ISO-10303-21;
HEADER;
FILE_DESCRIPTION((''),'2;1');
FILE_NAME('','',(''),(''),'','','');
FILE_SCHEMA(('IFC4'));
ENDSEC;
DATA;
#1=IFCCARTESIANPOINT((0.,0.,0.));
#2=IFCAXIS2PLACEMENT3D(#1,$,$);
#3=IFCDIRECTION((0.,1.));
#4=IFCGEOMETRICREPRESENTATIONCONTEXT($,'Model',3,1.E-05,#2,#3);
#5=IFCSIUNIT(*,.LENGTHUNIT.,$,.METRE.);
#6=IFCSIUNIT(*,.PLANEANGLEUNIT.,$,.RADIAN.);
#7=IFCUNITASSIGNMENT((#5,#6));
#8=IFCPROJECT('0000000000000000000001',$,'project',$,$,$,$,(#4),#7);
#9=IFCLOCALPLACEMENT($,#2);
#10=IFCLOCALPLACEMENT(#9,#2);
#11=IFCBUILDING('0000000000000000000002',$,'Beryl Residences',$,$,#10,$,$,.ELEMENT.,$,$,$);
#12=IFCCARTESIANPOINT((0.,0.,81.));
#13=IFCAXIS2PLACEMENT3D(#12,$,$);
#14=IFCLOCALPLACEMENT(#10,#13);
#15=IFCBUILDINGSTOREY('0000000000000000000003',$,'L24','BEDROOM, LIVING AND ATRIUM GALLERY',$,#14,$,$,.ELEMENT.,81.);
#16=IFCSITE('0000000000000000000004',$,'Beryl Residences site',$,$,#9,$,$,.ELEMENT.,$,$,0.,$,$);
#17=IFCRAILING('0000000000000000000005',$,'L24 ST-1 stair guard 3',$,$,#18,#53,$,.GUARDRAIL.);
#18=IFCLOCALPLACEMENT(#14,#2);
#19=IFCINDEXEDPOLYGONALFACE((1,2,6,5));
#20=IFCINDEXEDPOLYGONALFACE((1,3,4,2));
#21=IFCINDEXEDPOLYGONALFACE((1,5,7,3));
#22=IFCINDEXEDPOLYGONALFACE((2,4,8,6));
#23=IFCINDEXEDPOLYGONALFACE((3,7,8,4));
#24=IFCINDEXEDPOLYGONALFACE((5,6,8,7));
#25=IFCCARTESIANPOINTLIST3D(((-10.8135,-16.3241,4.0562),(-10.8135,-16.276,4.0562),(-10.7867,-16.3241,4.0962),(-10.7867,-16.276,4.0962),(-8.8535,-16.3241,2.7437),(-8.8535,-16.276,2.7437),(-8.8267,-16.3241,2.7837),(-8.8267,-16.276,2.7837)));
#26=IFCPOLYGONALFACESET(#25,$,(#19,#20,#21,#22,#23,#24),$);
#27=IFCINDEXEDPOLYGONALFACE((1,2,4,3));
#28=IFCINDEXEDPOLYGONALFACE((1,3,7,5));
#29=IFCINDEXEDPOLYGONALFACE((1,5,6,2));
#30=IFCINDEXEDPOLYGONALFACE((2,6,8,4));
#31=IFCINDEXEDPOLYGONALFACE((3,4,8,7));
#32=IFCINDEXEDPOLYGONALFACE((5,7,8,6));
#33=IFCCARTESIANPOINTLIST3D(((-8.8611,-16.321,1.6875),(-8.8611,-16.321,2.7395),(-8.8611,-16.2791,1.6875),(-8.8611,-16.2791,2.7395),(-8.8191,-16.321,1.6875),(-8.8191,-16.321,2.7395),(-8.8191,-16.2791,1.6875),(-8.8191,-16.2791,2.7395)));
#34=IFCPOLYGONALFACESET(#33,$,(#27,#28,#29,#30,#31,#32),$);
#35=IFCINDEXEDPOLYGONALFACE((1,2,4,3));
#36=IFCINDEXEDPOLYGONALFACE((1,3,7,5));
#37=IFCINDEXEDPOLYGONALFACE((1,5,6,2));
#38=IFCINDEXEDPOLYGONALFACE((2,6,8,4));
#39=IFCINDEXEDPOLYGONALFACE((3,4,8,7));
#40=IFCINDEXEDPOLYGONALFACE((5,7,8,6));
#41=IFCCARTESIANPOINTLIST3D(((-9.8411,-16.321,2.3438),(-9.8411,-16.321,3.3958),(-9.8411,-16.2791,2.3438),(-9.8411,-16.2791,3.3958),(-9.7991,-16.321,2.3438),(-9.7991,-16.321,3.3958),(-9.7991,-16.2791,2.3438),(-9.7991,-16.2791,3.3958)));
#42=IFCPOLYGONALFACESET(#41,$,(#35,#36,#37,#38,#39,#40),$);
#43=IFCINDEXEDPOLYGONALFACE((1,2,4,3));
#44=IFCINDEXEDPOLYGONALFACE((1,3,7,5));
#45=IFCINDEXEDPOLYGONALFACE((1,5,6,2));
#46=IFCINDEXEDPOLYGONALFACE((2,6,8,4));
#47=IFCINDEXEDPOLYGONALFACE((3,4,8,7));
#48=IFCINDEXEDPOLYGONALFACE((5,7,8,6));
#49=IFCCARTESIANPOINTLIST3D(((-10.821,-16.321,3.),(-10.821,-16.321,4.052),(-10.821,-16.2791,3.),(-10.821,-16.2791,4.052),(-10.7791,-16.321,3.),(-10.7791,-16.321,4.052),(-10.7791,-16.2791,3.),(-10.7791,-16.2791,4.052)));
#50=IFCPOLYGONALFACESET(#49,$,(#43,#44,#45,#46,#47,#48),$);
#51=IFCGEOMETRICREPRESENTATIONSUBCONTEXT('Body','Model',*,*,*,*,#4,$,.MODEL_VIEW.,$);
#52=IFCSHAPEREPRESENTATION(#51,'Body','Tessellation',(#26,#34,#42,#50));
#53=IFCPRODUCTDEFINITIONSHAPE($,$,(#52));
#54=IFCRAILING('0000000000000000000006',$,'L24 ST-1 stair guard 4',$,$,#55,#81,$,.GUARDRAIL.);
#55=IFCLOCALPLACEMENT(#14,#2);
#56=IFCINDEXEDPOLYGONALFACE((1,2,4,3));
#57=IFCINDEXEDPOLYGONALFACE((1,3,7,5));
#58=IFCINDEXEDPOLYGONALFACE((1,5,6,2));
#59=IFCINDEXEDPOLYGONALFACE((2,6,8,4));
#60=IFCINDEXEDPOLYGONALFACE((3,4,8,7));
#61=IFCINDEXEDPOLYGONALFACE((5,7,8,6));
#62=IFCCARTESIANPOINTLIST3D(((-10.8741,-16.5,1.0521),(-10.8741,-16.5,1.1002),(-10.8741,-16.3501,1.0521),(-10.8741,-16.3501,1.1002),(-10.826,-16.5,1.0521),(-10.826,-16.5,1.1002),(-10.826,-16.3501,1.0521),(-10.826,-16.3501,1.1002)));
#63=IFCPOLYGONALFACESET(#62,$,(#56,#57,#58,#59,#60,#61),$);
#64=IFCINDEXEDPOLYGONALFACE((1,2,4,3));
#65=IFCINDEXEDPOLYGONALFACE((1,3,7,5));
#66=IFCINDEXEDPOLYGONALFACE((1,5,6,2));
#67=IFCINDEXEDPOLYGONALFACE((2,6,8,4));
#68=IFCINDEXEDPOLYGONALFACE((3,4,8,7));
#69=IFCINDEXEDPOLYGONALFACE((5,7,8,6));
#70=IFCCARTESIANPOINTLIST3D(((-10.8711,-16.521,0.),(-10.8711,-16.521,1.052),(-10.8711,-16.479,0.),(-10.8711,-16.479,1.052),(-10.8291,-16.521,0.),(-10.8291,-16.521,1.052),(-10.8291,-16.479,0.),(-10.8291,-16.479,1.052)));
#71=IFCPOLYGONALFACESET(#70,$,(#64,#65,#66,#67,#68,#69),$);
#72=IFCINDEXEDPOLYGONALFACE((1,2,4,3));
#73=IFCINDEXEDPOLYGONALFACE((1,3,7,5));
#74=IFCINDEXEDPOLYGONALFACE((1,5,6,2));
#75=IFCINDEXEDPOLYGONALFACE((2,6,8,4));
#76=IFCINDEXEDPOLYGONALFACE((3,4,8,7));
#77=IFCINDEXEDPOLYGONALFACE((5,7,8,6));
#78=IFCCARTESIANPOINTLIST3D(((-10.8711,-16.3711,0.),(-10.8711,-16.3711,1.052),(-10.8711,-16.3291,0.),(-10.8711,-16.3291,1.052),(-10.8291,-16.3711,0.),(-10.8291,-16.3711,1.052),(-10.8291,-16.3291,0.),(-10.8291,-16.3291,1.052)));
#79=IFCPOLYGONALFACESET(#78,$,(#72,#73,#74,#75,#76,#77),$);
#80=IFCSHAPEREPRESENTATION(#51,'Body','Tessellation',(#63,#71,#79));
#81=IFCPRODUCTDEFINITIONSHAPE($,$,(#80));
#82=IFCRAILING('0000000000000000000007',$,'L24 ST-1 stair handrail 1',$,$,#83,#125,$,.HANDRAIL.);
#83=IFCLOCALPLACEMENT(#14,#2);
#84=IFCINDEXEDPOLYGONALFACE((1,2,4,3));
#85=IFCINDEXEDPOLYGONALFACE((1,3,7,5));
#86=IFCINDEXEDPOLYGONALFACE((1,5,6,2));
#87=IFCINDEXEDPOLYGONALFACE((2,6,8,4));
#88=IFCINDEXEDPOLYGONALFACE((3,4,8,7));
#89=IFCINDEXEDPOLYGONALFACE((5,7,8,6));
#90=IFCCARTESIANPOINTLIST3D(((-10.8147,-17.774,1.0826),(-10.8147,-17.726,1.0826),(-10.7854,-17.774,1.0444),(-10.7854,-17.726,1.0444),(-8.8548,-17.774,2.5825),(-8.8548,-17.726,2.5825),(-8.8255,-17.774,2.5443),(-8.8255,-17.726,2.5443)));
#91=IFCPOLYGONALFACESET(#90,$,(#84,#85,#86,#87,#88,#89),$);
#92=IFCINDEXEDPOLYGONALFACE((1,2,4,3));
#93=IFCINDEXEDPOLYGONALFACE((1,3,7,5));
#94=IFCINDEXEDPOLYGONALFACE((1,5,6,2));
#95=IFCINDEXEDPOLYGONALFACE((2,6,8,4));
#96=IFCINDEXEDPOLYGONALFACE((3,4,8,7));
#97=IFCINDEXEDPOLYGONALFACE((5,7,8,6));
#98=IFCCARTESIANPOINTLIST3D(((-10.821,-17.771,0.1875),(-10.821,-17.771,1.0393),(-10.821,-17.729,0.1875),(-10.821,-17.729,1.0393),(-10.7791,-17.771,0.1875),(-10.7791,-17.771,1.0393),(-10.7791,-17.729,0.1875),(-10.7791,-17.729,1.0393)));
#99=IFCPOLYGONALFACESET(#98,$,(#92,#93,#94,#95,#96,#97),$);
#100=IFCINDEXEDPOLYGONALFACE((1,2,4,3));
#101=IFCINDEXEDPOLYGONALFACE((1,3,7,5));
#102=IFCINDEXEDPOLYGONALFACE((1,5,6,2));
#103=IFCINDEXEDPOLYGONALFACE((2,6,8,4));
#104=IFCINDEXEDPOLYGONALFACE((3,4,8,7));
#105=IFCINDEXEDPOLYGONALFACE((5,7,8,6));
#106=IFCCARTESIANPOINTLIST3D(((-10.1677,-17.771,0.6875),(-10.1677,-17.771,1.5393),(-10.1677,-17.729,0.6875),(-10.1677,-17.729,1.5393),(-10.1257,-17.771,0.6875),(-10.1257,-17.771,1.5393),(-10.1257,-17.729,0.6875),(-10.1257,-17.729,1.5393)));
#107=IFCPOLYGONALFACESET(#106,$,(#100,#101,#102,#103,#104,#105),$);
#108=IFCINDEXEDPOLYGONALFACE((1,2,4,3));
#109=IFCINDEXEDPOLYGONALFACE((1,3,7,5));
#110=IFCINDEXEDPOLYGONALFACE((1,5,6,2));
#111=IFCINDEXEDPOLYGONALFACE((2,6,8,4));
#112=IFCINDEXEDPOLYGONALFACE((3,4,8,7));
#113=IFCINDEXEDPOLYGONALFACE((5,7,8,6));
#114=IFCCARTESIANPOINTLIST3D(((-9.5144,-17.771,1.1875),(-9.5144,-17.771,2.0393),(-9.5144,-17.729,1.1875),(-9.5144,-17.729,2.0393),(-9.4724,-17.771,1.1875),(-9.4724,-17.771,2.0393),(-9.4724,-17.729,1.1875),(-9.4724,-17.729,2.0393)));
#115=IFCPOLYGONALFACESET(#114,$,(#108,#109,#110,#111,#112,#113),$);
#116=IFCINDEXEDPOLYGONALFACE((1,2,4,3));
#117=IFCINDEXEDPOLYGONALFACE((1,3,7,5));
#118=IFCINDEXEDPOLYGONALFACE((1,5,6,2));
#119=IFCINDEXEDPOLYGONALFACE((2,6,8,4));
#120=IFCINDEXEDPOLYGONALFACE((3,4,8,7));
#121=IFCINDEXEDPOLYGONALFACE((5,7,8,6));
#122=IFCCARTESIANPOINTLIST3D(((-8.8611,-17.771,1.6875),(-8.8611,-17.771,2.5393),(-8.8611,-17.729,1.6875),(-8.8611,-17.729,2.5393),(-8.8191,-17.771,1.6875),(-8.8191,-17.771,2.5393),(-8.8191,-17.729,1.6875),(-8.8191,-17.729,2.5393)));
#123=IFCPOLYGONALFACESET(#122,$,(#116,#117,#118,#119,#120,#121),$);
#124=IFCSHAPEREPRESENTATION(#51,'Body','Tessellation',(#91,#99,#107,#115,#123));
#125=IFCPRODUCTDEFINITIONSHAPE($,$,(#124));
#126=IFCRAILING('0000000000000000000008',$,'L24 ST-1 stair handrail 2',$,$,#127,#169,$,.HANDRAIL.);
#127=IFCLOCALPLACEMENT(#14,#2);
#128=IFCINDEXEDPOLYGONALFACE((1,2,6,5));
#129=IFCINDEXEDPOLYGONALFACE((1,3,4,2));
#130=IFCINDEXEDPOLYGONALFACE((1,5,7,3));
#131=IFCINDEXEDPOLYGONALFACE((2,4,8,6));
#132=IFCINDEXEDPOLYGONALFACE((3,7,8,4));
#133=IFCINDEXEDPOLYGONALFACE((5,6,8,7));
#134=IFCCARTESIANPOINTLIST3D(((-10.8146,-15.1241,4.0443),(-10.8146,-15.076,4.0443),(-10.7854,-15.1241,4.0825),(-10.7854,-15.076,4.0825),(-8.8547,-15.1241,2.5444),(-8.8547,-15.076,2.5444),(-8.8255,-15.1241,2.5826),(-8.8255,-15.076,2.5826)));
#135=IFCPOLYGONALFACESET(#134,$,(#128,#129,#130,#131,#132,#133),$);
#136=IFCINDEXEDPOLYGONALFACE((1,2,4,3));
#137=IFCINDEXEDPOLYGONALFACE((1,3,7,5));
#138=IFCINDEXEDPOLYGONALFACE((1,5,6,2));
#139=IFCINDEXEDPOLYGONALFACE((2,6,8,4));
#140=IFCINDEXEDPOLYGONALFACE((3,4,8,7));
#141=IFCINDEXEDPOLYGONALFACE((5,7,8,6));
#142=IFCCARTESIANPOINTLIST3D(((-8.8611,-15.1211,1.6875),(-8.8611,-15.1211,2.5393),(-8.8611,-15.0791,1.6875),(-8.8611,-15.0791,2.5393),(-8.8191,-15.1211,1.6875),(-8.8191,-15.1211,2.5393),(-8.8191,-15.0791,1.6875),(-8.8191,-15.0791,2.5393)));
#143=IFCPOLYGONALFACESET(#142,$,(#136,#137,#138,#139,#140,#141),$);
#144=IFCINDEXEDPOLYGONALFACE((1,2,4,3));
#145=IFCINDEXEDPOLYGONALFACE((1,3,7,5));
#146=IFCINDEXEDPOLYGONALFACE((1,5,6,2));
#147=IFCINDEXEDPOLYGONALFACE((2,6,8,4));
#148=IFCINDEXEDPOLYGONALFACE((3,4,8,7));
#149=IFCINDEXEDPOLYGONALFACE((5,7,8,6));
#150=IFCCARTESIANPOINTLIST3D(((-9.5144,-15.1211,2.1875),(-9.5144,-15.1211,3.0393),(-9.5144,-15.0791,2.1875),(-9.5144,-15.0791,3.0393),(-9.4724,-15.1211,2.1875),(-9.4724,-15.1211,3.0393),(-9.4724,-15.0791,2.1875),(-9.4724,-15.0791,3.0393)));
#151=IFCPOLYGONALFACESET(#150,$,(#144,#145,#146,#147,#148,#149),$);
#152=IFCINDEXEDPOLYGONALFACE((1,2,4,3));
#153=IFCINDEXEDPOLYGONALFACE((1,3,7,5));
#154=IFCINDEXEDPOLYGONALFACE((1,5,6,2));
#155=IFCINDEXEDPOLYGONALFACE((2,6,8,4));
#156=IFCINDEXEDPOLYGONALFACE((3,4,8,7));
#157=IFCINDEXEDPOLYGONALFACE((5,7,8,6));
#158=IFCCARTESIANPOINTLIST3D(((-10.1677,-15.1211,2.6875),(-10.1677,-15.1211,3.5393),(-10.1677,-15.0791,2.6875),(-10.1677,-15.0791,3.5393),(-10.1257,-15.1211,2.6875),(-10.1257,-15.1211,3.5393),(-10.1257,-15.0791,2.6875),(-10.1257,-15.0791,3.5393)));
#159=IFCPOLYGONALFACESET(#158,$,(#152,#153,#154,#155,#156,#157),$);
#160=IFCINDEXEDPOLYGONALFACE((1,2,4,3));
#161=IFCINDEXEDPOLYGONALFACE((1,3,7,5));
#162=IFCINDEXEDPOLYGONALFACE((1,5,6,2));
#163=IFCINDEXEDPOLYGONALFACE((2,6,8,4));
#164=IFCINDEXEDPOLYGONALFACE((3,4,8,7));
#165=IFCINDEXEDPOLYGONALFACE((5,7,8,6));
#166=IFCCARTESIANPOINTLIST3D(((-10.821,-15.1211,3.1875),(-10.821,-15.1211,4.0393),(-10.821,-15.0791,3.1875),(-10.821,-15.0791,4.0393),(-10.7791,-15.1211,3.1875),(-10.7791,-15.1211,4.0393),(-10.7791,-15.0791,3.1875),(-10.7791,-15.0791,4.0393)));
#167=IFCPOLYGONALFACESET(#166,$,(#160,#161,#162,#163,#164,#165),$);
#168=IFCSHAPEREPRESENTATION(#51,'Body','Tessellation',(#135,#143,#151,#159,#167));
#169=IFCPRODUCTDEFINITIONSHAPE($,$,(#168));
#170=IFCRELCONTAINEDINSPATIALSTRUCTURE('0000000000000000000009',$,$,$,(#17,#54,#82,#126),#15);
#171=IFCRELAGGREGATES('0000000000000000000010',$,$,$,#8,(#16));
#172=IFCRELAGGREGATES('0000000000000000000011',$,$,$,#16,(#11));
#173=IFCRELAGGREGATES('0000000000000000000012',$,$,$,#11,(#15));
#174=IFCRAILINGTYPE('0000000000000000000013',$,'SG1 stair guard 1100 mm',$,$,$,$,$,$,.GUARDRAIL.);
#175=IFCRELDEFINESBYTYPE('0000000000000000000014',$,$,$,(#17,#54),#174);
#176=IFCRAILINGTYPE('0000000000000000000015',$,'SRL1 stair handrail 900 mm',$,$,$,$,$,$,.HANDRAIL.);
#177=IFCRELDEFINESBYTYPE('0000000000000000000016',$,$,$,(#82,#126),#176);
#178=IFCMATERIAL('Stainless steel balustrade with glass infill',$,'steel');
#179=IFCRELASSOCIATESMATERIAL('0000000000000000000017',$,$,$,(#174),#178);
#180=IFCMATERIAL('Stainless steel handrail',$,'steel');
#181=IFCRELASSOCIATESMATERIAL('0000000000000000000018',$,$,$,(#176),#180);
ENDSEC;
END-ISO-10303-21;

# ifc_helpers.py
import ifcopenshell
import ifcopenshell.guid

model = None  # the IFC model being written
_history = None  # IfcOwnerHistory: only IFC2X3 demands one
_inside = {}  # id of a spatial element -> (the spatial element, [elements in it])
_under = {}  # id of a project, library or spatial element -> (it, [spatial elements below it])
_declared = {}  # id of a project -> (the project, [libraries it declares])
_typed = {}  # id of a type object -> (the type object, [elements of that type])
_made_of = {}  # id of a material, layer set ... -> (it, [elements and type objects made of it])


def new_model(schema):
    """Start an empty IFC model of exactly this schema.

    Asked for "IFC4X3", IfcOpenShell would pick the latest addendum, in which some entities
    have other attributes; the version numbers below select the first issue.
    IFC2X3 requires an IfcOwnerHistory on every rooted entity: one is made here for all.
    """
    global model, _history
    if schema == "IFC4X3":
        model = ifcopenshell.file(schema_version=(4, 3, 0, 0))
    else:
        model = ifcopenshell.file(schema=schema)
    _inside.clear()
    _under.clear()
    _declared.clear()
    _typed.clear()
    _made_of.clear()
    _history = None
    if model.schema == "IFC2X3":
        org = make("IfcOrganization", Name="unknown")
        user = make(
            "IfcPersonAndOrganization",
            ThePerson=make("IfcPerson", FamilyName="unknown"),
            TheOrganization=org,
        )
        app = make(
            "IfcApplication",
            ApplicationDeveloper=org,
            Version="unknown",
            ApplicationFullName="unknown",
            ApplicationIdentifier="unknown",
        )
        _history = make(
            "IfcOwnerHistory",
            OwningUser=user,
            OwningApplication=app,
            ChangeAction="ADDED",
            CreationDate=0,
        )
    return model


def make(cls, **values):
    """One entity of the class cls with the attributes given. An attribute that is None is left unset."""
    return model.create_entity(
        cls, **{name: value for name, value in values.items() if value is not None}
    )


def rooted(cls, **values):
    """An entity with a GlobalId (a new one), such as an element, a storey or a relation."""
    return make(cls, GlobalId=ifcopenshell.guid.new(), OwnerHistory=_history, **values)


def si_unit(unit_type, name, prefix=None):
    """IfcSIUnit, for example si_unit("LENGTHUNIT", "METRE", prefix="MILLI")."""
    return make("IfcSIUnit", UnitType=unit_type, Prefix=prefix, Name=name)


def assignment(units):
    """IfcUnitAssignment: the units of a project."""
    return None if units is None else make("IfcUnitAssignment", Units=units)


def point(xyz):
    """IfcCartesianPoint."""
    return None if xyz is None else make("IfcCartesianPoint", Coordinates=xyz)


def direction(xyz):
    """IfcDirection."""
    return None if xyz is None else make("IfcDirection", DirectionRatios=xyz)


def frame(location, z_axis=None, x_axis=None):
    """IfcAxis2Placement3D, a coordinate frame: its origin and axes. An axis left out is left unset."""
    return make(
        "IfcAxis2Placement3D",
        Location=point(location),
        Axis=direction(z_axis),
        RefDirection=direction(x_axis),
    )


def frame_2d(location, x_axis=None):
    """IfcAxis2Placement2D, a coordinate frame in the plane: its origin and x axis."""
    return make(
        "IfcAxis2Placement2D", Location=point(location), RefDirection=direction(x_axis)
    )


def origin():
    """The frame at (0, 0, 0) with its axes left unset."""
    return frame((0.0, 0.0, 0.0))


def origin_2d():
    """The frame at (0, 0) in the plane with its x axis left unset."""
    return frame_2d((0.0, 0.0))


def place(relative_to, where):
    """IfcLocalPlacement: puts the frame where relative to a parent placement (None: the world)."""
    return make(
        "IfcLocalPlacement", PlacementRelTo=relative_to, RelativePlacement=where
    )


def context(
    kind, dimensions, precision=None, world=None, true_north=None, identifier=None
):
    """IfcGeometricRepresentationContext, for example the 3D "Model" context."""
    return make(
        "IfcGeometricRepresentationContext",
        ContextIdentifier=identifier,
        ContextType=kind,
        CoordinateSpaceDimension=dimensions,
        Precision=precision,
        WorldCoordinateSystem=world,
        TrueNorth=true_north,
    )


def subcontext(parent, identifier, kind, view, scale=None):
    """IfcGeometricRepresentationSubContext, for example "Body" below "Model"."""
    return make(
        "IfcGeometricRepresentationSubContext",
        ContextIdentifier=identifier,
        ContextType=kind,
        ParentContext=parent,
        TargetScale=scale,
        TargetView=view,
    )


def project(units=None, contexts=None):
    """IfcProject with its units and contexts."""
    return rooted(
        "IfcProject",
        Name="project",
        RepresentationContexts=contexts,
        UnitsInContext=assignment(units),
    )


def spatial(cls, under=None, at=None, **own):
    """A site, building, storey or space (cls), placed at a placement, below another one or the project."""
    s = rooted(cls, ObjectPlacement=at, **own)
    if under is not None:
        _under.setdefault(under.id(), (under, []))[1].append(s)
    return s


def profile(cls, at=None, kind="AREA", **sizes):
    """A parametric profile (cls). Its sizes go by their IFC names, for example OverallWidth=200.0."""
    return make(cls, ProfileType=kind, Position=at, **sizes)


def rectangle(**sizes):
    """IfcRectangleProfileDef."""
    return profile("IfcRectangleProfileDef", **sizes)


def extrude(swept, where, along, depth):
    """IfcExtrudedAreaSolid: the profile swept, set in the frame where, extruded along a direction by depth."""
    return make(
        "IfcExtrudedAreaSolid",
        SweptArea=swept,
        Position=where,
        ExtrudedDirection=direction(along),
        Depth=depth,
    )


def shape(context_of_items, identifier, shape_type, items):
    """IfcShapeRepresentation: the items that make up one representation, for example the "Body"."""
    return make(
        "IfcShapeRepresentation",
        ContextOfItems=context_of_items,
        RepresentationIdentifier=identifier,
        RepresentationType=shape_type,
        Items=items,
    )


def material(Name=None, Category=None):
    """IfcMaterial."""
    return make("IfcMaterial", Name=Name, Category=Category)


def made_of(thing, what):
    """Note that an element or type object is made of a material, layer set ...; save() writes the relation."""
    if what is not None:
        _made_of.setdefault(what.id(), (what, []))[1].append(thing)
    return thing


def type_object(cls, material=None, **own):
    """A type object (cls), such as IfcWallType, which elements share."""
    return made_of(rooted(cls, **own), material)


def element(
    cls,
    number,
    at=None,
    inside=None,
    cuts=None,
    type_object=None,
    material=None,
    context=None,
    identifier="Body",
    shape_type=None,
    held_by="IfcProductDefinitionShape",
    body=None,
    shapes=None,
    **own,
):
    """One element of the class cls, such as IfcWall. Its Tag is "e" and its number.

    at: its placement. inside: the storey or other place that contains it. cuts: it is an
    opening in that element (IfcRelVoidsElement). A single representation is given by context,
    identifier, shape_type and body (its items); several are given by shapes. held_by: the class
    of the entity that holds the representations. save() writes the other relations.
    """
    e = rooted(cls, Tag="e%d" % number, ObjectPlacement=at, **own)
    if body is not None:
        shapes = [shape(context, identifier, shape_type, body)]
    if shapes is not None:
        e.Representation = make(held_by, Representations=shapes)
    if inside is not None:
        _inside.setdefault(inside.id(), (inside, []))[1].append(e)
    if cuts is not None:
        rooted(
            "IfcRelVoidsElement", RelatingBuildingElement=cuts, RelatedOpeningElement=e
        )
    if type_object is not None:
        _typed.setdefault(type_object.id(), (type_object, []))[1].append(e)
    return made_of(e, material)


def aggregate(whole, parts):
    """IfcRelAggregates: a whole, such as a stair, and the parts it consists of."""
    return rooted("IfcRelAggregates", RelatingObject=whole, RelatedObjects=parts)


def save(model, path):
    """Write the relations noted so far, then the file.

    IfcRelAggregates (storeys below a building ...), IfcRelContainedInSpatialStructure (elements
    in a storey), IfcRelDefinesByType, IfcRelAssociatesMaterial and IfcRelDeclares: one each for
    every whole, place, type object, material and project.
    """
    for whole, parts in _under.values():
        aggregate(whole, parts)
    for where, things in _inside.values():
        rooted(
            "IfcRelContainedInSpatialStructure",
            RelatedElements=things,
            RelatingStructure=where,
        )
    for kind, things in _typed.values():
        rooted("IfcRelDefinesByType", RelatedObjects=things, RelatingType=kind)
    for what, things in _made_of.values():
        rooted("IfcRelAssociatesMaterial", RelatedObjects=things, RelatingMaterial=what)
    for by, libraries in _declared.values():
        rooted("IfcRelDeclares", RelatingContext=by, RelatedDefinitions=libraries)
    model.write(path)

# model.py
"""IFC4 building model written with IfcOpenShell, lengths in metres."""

from ifc_helpers import new_model, si_unit, direction, frame, origin, origin_2d, place, context, subcontext, project, spatial, rectangle, extrude, material, type_object, element, save


model = new_model("IFC4")

# Units and contexts
model_context = context("Model", 3, precision=1e-05, world=origin(), true_north=direction((0.0, 1.0)))
body_context = subcontext(model_context, "Body", "Model", "MODEL_VIEW")
ifc_project = project(units=[si_unit("LENGTHUNIT", "METRE"), si_unit("PLANEANGLEUNIT", "RADIAN")], contexts=[model_context])

# Site, building, storey
site_placement = place(None, origin())
site = spatial("IfcSite", under=ifc_project, at=site_placement, Name="Beryl Residences site", CompositionType="ELEMENT", RefElevation=0.0)
building_placement = place(site_placement, origin())
building = spatial("IfcBuilding", under=site, at=building_placement, Name="Beryl Residences", CompositionType="ELEMENT")
storey_placement = place(building_placement, frame((0.0, 0.0, 81.0)))
storey = spatial("IfcBuildingStorey", under=building, at=storey_placement, Name="L24", Description="BEDROOM, LIVING AND ATRIUM GALLERY", CompositionType="ELEMENT", Elevation=81.0)

# Railings
ifc_material_1 = material(Name="Stainless steel balustrade with glass infill", Category="steel")
railing_type_1 = type_object("IfcRailingType", Name="SG1 stair guard 1100 mm", PredefinedType="GUARDRAIL", material=ifc_material_1)
railing_1_placement = place(storey_placement, frame((-8.8401, -16.3, 1.6875)))
element("IfcRailing", 1, at=railing_1_placement, inside=storey, type_object=railing_type_1, Name="L24 ST-1 stair guard 3", PredefinedType="GUARDRAIL", context=body_context, shape_type="SweptSolid", body=[
    extrude(rectangle(XDim=0.0481, YDim=0.0481, at=origin_2d()), frame((0.0, 0.0, 1.0762), z_axis=(-0.830902, 0.0, 0.556419), x_axis=(0.0, -1.0, 0.0)), (0.0, 0.0, 1.0), 2.3589),
    extrude(rectangle(XDim=0.042, YDim=0.042, at=origin_2d()), origin(), (0.0, 0.0, 1.0), 1.052),
    extrude(rectangle(XDim=0.042, YDim=0.042, at=origin_2d()), frame((-0.98, 0.0, 0.6562)), (0.0, 0.0, 1.0), 1.052),
    extrude(rectangle(XDim=0.042, YDim=0.042, at=origin_2d()), frame((-1.96, 0.0, 1.3125)), (0.0, 0.0, 1.0), 1.052),
])
railing_2_placement = place(storey_placement, frame((-10.8501, -16.5, 0.0)))
element("IfcRailing", 2, at=railing_2_placement, inside=storey, type_object=railing_type_1, Name="L24 ST-1 stair guard 4", PredefinedType="GUARDRAIL", context=body_context, shape_type="SweptSolid", body=[
    extrude(rectangle(XDim=0.0481, YDim=0.0481, at=origin_2d()), frame((0.0, 0.0, 1.0762), z_axis=(0.0, 1.0, 0.0), x_axis=(-1.0, 0.0, 0.0)), (0.0, 0.0, 1.0), 0.1499),
    extrude(rectangle(XDim=0.042, YDim=0.042, at=origin_2d()), origin(), (0.0, 0.0, 1.0), 1.052),
    extrude(rectangle(XDim=0.042, YDim=0.042, at=origin_2d()), frame((0.0, 0.1499, 0.0)), (0.0, 0.0, 1.0), 1.052),
])
ifc_material_2 = material(Name="Stainless steel handrail", Category="steel")
railing_type_2 = type_object("IfcRailingType", Name="SRL1 stair handrail 900 mm", PredefinedType="HANDRAIL", material=ifc_material_2)
railing_3_placement = place(storey_placement, frame((-10.8, -17.75, 0.1875)))
element("IfcRailing", 3, at=railing_3_placement, inside=storey, type_object=railing_type_2, Name="L24 ST-1 stair handrail 1", PredefinedType="HANDRAIL", context=body_context, shape_type="SweptSolid", body=[
    extrude(rectangle(XDim=0.0481, YDim=0.0481, at=origin_2d()), frame((0.0, 0.0, 0.876), z_axis=(0.794122, 0.0, 0.607758), x_axis=(0.0, 1.0, 0.0)), (0.0, 0.0, 1.0), 2.468),
    extrude(rectangle(XDim=0.042, YDim=0.042, at=origin_2d()), origin(), (0.0, 0.0, 1.0), 0.8518),
    extrude(rectangle(XDim=0.042, YDim=0.042, at=origin_2d()), frame((0.6533, 0.0, 0.5)), (0.0, 0.0, 1.0), 0.8518),
    extrude(rectangle(XDim=0.042, YDim=0.042, at=origin_2d()), frame((1.3066, 0.0, 1.0)), (0.0, 0.0, 1.0), 0.8518),
    extrude(rectangle(XDim=0.042, YDim=0.042, at=origin_2d()), frame((1.96, 0.0, 1.5)), (0.0, 0.0, 1.0), 0.8518),
])
railing_4_placement = place(storey_placement, frame((-8.8401, -15.1001, 1.6875)))
element("IfcRailing", 4, at=railing_4_placement, inside=storey, type_object=railing_type_2, Name="L24 ST-1 stair handrail 2", PredefinedType="HANDRAIL", context=body_context, shape_type="SweptSolid", body=[
    extrude(rectangle(XDim=0.0481, YDim=0.0481, at=origin_2d()), frame((0.0, 0.0, 0.876), z_axis=(-0.794122, 0.0, 0.607758), x_axis=(0.0, -1.0, 0.0)), (0.0, 0.0, 1.0), 2.468),
    extrude(rectangle(XDim=0.042, YDim=0.042, at=origin_2d()), origin(), (0.0, 0.0, 1.0), 0.8518),
    extrude(rectangle(XDim=0.042, YDim=0.042, at=origin_2d()), frame((-0.6533, 0.0, 0.5)), (0.0, 0.0, 1.0), 0.8518),
    extrude(rectangle(XDim=0.042, YDim=0.042, at=origin_2d()), frame((-1.3066, 0.0, 1.0)), (0.0, 0.0, 1.0), 0.8518),
    extrude(rectangle(XDim=0.042, YDim=0.042, at=origin_2d()), frame((-1.96, 0.0, 1.5)), (0.0, 0.0, 1.0), 0.8518),
])

save(model, "model.ifc")
